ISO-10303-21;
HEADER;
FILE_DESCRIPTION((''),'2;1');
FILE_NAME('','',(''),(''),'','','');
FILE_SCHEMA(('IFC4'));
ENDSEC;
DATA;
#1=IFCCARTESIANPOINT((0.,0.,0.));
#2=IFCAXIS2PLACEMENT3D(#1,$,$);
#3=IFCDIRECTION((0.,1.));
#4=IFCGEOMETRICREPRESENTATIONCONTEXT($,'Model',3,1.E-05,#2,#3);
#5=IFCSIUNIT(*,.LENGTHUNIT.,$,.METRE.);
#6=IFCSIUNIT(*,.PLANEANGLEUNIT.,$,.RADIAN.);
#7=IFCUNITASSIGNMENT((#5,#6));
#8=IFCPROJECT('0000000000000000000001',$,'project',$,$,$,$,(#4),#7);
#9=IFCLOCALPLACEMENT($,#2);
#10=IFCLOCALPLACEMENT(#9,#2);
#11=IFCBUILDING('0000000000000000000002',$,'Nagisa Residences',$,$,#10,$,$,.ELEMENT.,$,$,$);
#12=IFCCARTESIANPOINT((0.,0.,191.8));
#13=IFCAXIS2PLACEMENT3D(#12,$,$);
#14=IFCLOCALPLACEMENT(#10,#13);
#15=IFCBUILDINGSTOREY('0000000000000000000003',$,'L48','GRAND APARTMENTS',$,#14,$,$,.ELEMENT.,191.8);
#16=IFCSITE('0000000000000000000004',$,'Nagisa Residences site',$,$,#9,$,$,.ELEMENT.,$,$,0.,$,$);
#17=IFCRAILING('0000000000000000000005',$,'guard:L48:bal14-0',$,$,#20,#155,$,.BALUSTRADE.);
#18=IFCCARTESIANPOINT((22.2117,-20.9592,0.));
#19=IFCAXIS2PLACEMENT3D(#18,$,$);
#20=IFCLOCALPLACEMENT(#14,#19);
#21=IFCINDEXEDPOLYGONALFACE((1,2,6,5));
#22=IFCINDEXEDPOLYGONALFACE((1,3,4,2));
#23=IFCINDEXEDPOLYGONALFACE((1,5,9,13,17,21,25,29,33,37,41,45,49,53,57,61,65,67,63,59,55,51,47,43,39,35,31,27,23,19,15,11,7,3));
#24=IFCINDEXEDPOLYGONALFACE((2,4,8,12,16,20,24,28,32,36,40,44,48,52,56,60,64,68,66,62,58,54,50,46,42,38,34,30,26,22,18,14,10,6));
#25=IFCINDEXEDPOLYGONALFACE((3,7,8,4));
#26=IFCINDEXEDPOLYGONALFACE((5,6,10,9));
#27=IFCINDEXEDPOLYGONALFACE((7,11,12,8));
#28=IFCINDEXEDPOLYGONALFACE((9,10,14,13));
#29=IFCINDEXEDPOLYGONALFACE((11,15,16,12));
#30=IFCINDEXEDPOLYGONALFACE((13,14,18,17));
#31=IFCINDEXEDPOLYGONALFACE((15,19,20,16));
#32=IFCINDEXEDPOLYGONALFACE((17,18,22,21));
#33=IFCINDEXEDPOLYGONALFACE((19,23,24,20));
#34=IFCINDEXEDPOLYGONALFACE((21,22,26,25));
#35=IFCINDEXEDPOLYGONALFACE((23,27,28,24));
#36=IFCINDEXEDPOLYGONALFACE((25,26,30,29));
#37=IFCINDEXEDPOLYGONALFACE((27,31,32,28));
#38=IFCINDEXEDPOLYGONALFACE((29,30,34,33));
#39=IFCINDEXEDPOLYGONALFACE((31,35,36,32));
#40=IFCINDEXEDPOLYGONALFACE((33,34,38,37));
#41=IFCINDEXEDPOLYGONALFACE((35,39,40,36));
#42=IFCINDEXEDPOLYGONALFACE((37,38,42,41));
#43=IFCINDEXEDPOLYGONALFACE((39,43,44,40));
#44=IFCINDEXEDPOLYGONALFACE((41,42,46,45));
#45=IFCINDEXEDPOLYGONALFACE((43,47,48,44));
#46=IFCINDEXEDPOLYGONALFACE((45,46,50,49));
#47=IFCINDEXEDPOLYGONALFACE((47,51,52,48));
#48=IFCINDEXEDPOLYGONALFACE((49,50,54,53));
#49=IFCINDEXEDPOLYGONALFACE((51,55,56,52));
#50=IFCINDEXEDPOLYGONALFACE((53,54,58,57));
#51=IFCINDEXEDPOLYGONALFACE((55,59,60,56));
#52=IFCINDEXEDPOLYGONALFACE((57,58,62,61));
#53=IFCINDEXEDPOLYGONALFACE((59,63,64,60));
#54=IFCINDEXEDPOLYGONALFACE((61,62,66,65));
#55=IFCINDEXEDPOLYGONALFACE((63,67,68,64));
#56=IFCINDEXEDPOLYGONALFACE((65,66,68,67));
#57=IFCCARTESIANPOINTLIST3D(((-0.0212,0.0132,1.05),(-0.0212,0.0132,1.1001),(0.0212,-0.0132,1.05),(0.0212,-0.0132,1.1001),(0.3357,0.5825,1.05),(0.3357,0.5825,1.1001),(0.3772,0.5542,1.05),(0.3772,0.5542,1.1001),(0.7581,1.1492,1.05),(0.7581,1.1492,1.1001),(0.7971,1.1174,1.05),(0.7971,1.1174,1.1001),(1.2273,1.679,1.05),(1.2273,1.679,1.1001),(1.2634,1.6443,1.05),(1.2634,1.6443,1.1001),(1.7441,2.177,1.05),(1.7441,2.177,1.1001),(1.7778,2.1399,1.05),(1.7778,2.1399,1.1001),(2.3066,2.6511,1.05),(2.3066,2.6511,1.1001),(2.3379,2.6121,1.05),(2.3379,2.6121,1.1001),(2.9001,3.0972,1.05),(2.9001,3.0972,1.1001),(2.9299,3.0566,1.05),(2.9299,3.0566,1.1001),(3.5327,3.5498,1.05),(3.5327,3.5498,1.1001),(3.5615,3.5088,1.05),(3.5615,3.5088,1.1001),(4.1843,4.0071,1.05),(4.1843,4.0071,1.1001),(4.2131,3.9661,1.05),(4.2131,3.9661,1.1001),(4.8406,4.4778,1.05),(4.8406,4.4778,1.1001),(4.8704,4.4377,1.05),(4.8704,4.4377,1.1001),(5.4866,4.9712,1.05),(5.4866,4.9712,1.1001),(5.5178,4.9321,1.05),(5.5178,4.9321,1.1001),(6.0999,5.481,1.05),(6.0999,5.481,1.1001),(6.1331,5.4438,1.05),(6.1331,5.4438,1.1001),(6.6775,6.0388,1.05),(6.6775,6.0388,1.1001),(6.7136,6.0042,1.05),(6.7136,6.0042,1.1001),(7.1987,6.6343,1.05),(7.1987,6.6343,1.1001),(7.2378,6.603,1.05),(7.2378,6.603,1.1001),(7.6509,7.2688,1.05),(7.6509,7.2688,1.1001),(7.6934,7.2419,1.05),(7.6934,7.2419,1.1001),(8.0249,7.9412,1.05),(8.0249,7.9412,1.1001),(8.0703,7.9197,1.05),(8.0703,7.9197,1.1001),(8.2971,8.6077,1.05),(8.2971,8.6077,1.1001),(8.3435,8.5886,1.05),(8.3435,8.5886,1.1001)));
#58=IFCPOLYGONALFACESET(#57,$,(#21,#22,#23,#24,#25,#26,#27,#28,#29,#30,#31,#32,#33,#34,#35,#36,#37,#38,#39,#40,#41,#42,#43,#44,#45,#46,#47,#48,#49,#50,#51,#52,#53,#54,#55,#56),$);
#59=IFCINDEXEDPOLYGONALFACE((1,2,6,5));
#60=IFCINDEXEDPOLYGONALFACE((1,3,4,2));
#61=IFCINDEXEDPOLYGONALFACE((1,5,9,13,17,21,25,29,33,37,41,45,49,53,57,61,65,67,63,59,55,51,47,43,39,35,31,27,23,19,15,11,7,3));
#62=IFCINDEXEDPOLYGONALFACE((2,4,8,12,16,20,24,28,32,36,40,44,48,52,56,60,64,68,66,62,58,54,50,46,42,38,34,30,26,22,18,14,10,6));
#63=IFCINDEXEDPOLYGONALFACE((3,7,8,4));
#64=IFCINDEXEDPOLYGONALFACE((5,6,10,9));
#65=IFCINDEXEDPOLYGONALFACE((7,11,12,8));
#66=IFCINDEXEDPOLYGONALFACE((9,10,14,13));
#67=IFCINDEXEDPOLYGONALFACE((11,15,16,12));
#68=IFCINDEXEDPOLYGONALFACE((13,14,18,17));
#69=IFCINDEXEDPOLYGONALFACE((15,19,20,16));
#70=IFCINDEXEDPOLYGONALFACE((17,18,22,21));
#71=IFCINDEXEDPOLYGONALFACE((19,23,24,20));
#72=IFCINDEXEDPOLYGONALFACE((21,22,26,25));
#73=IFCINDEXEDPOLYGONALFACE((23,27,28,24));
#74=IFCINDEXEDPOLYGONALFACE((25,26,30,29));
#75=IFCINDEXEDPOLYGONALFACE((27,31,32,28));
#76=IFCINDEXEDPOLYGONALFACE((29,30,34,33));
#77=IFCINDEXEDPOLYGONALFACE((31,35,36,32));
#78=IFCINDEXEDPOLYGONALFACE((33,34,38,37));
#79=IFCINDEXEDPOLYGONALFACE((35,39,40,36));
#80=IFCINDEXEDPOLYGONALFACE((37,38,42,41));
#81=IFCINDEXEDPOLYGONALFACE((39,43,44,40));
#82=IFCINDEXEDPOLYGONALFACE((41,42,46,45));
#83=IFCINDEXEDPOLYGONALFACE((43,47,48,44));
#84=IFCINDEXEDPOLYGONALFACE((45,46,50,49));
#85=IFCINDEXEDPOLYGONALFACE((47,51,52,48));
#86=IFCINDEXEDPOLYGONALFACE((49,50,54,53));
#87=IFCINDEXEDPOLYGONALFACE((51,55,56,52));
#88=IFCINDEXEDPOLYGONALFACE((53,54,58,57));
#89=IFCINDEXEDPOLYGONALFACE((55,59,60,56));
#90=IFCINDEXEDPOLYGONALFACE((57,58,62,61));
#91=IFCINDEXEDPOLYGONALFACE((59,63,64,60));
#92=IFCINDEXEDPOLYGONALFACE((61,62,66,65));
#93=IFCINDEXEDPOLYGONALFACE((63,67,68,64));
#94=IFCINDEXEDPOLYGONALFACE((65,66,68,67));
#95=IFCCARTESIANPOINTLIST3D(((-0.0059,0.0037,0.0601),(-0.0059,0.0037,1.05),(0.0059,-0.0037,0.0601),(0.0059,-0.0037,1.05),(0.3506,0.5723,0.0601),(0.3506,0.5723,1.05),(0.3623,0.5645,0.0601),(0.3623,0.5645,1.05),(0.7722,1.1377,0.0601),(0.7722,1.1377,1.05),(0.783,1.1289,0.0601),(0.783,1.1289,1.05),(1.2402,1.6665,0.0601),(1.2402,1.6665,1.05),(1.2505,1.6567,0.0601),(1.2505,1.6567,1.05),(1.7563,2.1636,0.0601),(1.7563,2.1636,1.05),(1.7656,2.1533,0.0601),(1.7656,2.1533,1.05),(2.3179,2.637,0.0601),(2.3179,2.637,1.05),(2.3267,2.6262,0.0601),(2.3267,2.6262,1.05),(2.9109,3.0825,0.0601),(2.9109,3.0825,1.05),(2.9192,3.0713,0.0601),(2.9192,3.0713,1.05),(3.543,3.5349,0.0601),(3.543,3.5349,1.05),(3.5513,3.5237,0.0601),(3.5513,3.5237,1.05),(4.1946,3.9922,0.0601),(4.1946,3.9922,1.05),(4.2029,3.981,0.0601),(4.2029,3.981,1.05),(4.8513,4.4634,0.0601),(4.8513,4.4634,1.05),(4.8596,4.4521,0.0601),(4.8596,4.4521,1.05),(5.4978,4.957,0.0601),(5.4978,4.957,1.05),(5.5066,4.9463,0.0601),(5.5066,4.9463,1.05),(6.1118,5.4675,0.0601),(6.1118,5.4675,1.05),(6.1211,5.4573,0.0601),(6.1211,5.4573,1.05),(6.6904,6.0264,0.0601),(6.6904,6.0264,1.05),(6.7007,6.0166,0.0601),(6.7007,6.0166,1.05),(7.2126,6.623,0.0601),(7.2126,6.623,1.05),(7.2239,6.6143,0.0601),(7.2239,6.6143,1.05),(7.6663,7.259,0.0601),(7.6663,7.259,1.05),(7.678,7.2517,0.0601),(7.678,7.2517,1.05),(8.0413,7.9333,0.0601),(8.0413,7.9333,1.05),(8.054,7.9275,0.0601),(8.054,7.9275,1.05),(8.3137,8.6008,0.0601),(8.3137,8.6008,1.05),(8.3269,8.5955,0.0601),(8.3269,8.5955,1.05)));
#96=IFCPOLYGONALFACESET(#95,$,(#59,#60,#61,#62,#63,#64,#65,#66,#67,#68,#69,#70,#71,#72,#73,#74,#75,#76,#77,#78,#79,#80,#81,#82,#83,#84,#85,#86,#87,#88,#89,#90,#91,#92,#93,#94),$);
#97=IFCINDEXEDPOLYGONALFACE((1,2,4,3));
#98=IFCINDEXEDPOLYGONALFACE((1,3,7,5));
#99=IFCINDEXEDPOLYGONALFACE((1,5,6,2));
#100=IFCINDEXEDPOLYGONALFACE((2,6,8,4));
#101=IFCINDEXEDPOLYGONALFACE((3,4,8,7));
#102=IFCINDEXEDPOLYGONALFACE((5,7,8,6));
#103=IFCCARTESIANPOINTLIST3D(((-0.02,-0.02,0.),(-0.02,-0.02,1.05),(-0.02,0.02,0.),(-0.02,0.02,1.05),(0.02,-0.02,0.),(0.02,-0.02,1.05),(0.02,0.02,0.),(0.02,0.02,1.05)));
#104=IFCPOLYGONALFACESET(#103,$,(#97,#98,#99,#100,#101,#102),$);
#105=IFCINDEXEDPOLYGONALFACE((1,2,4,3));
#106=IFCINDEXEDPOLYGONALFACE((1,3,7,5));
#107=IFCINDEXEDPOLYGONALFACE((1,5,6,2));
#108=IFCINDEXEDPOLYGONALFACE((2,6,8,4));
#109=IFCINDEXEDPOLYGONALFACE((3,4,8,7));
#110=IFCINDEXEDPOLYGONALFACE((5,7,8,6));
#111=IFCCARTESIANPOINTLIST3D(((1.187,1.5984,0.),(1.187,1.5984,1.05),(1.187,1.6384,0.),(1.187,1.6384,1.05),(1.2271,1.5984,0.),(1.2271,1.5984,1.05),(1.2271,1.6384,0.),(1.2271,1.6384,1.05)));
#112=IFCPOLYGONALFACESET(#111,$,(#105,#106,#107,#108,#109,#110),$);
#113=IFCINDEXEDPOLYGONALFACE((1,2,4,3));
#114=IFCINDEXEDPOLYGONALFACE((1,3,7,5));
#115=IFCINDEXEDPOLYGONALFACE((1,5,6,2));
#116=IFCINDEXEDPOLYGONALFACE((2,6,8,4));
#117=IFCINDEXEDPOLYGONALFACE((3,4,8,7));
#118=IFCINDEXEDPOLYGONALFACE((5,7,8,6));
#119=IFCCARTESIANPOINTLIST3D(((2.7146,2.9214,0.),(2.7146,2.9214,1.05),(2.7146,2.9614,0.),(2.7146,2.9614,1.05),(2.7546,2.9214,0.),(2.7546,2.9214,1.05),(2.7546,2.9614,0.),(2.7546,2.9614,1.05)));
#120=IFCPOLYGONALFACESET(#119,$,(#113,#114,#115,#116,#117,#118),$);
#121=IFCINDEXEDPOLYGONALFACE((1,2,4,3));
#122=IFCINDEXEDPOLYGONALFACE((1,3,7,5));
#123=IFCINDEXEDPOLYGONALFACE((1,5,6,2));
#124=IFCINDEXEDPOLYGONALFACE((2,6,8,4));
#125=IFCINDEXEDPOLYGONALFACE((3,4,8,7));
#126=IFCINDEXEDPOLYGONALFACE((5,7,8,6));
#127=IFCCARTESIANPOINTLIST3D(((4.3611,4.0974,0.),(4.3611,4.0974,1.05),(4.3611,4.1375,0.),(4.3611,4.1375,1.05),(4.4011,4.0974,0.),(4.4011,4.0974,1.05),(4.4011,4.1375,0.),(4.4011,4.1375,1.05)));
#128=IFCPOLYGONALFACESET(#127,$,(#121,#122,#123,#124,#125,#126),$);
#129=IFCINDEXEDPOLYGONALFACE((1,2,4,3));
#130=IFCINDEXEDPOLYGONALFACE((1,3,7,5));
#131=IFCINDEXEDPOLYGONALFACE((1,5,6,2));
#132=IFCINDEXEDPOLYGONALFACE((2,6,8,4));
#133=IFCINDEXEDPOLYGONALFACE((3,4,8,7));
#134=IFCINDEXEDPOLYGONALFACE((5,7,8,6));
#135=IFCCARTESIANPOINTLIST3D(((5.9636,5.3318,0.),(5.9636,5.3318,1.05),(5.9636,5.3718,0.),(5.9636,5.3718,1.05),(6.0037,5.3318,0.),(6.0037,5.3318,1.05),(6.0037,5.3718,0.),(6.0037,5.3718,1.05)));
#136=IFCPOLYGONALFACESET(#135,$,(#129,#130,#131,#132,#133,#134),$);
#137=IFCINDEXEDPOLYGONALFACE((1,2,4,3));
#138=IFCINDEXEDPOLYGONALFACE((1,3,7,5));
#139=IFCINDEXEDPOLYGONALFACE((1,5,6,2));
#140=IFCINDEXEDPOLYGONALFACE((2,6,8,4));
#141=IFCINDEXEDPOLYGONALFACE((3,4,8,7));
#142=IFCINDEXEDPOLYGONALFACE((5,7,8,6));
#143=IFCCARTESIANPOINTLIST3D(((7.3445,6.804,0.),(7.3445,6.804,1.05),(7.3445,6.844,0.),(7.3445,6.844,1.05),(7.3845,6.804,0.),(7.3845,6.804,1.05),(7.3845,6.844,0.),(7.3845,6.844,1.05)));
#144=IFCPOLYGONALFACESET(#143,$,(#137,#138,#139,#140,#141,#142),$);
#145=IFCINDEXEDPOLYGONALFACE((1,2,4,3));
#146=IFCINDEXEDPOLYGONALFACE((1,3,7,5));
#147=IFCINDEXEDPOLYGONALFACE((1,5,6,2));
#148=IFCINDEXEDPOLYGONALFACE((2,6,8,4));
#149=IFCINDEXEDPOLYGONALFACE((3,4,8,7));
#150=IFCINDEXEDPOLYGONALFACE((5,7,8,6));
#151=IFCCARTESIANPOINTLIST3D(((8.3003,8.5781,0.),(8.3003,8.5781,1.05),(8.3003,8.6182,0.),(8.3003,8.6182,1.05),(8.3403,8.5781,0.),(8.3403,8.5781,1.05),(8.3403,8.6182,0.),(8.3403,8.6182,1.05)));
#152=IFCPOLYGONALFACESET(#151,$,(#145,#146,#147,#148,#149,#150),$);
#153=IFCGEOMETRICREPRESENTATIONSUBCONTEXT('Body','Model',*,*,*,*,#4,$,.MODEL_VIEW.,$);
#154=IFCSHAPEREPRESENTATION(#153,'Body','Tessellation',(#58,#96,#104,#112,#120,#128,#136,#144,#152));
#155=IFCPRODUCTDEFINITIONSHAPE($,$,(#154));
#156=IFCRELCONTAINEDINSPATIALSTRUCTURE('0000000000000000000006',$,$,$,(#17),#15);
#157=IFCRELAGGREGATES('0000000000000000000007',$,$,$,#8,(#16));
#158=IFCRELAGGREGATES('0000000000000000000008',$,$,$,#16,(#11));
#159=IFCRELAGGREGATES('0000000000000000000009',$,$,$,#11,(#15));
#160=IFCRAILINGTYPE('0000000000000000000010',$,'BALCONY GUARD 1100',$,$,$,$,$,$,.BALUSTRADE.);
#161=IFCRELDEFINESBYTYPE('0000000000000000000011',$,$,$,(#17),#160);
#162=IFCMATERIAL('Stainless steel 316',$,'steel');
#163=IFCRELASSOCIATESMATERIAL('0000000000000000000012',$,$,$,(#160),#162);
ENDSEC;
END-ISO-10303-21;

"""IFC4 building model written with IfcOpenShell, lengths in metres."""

from ifc_helpers import new_model, si_unit, direction, frame, origin, origin_2d, place, context, subcontext, project, spatial, polyline, rectangle, outline, extrude, material, type_object, element, save


model = new_model("IFC4")

# Units and contexts
model_context = context("Model", 3, precision=1e-05, world=origin(), true_north=direction((0.0, 1.0)))
body_context = subcontext(model_context, "Body", "Model", "MODEL_VIEW")
ifc_project = project(units=[si_unit("LENGTHUNIT", "METRE"), si_unit("PLANEANGLEUNIT", "RADIAN")], contexts=[model_context])

# Site, building, storey
site_placement = place(None, origin())
site = spatial("IfcSite", under=ifc_project, at=site_placement, Name="Nagisa Residences site", CompositionType="ELEMENT", RefElevation=0.0)
building_placement = place(site_placement, origin())
building = spatial("IfcBuilding", under=site, at=building_placement, Name="Nagisa Residences", CompositionType="ELEMENT")
storey_placement = place(building_placement, frame((0.0, 0.0, 191.8)))
storey = spatial("IfcBuildingStorey", under=building, at=storey_placement, Name="L48", Description="GRAND APARTMENTS", CompositionType="ELEMENT", Elevation=191.8)

# Railing
ifc_material_1 = material(Name="Stainless steel 316", Category="steel")
railing_type = type_object("IfcRailingType", Name="BALCONY GUARD 1100", PredefinedType="BALUSTRADE", material=ifc_material_1)
railing_1_placement = place(storey_placement, frame((22.2117, -20.9592, 0.0)))
element("IfcRailing", 1, at=railing_1_placement, inside=storey, type_object=railing_type, Name="guard:L48:bal14-0", PredefinedType="BALUSTRADE", context=body_context, shape_type="SweptSolid", body=[
    extrude(outline(polyline([(0.3357, 0.5825), (-0.0212, 0.0132), (0.0212, -0.0132), (0.3772, 0.5542), (0.7971, 1.1174), (1.2634, 1.6443), (1.7778, 2.1399), (2.3379, 2.6121), (2.9299, 3.0566), (3.5615, 3.5088), (4.2131, 3.9661), (4.8704, 4.4377), (5.5178, 4.9321), (6.1331, 5.4438), (6.7136, 6.0042), (7.2378, 6.603), (7.6934, 7.2419), (8.0703, 7.9197), (8.3435, 8.5886), (8.2971, 8.6077), (8.0249, 7.9412), (7.6509, 7.2688), (7.1987, 6.6343), (6.6775, 6.0388), (6.0999, 5.481), (5.4866, 4.9712), (4.8406, 4.4778), (4.1843, 4.0071), (3.5327, 3.5498), (2.9001, 3.0972), (2.3066, 2.6511), (1.7441, 2.177), (1.2273, 1.679), (0.7581, 1.1492), (0.3357, 0.5825)])), frame((0.0, 0.0, 1.05)), (0.0, 0.0, 1.0), 0.05),
    extrude(outline(polyline([(0.3506, 0.5723), (-0.0059, 0.0037), (0.0059, -0.0037), (0.3623, 0.5645), (0.783, 1.1289), (1.2505, 1.6567), (1.7656, 2.1533), (2.3267, 2.6262), (2.9192, 3.0713), (3.5513, 3.5237), (4.2029, 3.981), (4.8596, 4.4521), (5.5066, 4.9463), (6.1211, 5.4573), (6.7007, 6.0166), (7.2239, 6.6143), (7.678, 7.2517), (8.054, 7.9275), (8.3269, 8.5955), (8.3137, 8.6008), (8.0413, 7.9333), (7.6663, 7.259), (7.2126, 6.623), (6.6904, 6.0264), (6.1118, 5.4675), (5.4978, 4.957), (4.8513, 4.4634), (4.1946, 3.9922), (3.543, 3.5349), (2.9109, 3.0825), (2.3179, 2.637), (1.7563, 2.1636), (1.2402, 1.6665), (0.7722, 1.1377), (0.3506, 0.5723)])), frame((0.0, 0.0, 0.0601)), (0.0, 0.0, 1.0), 0.99),
    extrude(rectangle(XDim=0.04, YDim=0.04, at=origin_2d()), origin(), (0.0, 0.0, 1.0), 1.05),
    extrude(rectangle(XDim=0.04, YDim=0.04, at=origin_2d()), frame((1.207, 1.6184, 0.0)), (0.0, 0.0, 1.0), 1.05),
    extrude(rectangle(XDim=0.04, YDim=0.04, at=origin_2d()), frame((2.7346, 2.9414, 0.0)), (0.0, 0.0, 1.0), 1.05),
    extrude(rectangle(XDim=0.04, YDim=0.04, at=origin_2d()), frame((4.3811, 4.1174, 0.0)), (0.0, 0.0, 1.0), 1.05),
    extrude(rectangle(XDim=0.04, YDim=0.04, at=origin_2d()), frame((5.9836, 5.3518, 0.0)), (0.0, 0.0, 1.0), 1.05),
    extrude(rectangle(XDim=0.04, YDim=0.04, at=origin_2d()), frame((7.3645, 6.824, 0.0)), (0.0, 0.0, 1.0), 1.05),
    extrude(rectangle(XDim=0.04, YDim=0.04, at=origin_2d()), frame((8.3203, 8.5981, 0.0)), (0.0, 0.0, 1.0), 1.05),
])

save(model, "model.ifc")
